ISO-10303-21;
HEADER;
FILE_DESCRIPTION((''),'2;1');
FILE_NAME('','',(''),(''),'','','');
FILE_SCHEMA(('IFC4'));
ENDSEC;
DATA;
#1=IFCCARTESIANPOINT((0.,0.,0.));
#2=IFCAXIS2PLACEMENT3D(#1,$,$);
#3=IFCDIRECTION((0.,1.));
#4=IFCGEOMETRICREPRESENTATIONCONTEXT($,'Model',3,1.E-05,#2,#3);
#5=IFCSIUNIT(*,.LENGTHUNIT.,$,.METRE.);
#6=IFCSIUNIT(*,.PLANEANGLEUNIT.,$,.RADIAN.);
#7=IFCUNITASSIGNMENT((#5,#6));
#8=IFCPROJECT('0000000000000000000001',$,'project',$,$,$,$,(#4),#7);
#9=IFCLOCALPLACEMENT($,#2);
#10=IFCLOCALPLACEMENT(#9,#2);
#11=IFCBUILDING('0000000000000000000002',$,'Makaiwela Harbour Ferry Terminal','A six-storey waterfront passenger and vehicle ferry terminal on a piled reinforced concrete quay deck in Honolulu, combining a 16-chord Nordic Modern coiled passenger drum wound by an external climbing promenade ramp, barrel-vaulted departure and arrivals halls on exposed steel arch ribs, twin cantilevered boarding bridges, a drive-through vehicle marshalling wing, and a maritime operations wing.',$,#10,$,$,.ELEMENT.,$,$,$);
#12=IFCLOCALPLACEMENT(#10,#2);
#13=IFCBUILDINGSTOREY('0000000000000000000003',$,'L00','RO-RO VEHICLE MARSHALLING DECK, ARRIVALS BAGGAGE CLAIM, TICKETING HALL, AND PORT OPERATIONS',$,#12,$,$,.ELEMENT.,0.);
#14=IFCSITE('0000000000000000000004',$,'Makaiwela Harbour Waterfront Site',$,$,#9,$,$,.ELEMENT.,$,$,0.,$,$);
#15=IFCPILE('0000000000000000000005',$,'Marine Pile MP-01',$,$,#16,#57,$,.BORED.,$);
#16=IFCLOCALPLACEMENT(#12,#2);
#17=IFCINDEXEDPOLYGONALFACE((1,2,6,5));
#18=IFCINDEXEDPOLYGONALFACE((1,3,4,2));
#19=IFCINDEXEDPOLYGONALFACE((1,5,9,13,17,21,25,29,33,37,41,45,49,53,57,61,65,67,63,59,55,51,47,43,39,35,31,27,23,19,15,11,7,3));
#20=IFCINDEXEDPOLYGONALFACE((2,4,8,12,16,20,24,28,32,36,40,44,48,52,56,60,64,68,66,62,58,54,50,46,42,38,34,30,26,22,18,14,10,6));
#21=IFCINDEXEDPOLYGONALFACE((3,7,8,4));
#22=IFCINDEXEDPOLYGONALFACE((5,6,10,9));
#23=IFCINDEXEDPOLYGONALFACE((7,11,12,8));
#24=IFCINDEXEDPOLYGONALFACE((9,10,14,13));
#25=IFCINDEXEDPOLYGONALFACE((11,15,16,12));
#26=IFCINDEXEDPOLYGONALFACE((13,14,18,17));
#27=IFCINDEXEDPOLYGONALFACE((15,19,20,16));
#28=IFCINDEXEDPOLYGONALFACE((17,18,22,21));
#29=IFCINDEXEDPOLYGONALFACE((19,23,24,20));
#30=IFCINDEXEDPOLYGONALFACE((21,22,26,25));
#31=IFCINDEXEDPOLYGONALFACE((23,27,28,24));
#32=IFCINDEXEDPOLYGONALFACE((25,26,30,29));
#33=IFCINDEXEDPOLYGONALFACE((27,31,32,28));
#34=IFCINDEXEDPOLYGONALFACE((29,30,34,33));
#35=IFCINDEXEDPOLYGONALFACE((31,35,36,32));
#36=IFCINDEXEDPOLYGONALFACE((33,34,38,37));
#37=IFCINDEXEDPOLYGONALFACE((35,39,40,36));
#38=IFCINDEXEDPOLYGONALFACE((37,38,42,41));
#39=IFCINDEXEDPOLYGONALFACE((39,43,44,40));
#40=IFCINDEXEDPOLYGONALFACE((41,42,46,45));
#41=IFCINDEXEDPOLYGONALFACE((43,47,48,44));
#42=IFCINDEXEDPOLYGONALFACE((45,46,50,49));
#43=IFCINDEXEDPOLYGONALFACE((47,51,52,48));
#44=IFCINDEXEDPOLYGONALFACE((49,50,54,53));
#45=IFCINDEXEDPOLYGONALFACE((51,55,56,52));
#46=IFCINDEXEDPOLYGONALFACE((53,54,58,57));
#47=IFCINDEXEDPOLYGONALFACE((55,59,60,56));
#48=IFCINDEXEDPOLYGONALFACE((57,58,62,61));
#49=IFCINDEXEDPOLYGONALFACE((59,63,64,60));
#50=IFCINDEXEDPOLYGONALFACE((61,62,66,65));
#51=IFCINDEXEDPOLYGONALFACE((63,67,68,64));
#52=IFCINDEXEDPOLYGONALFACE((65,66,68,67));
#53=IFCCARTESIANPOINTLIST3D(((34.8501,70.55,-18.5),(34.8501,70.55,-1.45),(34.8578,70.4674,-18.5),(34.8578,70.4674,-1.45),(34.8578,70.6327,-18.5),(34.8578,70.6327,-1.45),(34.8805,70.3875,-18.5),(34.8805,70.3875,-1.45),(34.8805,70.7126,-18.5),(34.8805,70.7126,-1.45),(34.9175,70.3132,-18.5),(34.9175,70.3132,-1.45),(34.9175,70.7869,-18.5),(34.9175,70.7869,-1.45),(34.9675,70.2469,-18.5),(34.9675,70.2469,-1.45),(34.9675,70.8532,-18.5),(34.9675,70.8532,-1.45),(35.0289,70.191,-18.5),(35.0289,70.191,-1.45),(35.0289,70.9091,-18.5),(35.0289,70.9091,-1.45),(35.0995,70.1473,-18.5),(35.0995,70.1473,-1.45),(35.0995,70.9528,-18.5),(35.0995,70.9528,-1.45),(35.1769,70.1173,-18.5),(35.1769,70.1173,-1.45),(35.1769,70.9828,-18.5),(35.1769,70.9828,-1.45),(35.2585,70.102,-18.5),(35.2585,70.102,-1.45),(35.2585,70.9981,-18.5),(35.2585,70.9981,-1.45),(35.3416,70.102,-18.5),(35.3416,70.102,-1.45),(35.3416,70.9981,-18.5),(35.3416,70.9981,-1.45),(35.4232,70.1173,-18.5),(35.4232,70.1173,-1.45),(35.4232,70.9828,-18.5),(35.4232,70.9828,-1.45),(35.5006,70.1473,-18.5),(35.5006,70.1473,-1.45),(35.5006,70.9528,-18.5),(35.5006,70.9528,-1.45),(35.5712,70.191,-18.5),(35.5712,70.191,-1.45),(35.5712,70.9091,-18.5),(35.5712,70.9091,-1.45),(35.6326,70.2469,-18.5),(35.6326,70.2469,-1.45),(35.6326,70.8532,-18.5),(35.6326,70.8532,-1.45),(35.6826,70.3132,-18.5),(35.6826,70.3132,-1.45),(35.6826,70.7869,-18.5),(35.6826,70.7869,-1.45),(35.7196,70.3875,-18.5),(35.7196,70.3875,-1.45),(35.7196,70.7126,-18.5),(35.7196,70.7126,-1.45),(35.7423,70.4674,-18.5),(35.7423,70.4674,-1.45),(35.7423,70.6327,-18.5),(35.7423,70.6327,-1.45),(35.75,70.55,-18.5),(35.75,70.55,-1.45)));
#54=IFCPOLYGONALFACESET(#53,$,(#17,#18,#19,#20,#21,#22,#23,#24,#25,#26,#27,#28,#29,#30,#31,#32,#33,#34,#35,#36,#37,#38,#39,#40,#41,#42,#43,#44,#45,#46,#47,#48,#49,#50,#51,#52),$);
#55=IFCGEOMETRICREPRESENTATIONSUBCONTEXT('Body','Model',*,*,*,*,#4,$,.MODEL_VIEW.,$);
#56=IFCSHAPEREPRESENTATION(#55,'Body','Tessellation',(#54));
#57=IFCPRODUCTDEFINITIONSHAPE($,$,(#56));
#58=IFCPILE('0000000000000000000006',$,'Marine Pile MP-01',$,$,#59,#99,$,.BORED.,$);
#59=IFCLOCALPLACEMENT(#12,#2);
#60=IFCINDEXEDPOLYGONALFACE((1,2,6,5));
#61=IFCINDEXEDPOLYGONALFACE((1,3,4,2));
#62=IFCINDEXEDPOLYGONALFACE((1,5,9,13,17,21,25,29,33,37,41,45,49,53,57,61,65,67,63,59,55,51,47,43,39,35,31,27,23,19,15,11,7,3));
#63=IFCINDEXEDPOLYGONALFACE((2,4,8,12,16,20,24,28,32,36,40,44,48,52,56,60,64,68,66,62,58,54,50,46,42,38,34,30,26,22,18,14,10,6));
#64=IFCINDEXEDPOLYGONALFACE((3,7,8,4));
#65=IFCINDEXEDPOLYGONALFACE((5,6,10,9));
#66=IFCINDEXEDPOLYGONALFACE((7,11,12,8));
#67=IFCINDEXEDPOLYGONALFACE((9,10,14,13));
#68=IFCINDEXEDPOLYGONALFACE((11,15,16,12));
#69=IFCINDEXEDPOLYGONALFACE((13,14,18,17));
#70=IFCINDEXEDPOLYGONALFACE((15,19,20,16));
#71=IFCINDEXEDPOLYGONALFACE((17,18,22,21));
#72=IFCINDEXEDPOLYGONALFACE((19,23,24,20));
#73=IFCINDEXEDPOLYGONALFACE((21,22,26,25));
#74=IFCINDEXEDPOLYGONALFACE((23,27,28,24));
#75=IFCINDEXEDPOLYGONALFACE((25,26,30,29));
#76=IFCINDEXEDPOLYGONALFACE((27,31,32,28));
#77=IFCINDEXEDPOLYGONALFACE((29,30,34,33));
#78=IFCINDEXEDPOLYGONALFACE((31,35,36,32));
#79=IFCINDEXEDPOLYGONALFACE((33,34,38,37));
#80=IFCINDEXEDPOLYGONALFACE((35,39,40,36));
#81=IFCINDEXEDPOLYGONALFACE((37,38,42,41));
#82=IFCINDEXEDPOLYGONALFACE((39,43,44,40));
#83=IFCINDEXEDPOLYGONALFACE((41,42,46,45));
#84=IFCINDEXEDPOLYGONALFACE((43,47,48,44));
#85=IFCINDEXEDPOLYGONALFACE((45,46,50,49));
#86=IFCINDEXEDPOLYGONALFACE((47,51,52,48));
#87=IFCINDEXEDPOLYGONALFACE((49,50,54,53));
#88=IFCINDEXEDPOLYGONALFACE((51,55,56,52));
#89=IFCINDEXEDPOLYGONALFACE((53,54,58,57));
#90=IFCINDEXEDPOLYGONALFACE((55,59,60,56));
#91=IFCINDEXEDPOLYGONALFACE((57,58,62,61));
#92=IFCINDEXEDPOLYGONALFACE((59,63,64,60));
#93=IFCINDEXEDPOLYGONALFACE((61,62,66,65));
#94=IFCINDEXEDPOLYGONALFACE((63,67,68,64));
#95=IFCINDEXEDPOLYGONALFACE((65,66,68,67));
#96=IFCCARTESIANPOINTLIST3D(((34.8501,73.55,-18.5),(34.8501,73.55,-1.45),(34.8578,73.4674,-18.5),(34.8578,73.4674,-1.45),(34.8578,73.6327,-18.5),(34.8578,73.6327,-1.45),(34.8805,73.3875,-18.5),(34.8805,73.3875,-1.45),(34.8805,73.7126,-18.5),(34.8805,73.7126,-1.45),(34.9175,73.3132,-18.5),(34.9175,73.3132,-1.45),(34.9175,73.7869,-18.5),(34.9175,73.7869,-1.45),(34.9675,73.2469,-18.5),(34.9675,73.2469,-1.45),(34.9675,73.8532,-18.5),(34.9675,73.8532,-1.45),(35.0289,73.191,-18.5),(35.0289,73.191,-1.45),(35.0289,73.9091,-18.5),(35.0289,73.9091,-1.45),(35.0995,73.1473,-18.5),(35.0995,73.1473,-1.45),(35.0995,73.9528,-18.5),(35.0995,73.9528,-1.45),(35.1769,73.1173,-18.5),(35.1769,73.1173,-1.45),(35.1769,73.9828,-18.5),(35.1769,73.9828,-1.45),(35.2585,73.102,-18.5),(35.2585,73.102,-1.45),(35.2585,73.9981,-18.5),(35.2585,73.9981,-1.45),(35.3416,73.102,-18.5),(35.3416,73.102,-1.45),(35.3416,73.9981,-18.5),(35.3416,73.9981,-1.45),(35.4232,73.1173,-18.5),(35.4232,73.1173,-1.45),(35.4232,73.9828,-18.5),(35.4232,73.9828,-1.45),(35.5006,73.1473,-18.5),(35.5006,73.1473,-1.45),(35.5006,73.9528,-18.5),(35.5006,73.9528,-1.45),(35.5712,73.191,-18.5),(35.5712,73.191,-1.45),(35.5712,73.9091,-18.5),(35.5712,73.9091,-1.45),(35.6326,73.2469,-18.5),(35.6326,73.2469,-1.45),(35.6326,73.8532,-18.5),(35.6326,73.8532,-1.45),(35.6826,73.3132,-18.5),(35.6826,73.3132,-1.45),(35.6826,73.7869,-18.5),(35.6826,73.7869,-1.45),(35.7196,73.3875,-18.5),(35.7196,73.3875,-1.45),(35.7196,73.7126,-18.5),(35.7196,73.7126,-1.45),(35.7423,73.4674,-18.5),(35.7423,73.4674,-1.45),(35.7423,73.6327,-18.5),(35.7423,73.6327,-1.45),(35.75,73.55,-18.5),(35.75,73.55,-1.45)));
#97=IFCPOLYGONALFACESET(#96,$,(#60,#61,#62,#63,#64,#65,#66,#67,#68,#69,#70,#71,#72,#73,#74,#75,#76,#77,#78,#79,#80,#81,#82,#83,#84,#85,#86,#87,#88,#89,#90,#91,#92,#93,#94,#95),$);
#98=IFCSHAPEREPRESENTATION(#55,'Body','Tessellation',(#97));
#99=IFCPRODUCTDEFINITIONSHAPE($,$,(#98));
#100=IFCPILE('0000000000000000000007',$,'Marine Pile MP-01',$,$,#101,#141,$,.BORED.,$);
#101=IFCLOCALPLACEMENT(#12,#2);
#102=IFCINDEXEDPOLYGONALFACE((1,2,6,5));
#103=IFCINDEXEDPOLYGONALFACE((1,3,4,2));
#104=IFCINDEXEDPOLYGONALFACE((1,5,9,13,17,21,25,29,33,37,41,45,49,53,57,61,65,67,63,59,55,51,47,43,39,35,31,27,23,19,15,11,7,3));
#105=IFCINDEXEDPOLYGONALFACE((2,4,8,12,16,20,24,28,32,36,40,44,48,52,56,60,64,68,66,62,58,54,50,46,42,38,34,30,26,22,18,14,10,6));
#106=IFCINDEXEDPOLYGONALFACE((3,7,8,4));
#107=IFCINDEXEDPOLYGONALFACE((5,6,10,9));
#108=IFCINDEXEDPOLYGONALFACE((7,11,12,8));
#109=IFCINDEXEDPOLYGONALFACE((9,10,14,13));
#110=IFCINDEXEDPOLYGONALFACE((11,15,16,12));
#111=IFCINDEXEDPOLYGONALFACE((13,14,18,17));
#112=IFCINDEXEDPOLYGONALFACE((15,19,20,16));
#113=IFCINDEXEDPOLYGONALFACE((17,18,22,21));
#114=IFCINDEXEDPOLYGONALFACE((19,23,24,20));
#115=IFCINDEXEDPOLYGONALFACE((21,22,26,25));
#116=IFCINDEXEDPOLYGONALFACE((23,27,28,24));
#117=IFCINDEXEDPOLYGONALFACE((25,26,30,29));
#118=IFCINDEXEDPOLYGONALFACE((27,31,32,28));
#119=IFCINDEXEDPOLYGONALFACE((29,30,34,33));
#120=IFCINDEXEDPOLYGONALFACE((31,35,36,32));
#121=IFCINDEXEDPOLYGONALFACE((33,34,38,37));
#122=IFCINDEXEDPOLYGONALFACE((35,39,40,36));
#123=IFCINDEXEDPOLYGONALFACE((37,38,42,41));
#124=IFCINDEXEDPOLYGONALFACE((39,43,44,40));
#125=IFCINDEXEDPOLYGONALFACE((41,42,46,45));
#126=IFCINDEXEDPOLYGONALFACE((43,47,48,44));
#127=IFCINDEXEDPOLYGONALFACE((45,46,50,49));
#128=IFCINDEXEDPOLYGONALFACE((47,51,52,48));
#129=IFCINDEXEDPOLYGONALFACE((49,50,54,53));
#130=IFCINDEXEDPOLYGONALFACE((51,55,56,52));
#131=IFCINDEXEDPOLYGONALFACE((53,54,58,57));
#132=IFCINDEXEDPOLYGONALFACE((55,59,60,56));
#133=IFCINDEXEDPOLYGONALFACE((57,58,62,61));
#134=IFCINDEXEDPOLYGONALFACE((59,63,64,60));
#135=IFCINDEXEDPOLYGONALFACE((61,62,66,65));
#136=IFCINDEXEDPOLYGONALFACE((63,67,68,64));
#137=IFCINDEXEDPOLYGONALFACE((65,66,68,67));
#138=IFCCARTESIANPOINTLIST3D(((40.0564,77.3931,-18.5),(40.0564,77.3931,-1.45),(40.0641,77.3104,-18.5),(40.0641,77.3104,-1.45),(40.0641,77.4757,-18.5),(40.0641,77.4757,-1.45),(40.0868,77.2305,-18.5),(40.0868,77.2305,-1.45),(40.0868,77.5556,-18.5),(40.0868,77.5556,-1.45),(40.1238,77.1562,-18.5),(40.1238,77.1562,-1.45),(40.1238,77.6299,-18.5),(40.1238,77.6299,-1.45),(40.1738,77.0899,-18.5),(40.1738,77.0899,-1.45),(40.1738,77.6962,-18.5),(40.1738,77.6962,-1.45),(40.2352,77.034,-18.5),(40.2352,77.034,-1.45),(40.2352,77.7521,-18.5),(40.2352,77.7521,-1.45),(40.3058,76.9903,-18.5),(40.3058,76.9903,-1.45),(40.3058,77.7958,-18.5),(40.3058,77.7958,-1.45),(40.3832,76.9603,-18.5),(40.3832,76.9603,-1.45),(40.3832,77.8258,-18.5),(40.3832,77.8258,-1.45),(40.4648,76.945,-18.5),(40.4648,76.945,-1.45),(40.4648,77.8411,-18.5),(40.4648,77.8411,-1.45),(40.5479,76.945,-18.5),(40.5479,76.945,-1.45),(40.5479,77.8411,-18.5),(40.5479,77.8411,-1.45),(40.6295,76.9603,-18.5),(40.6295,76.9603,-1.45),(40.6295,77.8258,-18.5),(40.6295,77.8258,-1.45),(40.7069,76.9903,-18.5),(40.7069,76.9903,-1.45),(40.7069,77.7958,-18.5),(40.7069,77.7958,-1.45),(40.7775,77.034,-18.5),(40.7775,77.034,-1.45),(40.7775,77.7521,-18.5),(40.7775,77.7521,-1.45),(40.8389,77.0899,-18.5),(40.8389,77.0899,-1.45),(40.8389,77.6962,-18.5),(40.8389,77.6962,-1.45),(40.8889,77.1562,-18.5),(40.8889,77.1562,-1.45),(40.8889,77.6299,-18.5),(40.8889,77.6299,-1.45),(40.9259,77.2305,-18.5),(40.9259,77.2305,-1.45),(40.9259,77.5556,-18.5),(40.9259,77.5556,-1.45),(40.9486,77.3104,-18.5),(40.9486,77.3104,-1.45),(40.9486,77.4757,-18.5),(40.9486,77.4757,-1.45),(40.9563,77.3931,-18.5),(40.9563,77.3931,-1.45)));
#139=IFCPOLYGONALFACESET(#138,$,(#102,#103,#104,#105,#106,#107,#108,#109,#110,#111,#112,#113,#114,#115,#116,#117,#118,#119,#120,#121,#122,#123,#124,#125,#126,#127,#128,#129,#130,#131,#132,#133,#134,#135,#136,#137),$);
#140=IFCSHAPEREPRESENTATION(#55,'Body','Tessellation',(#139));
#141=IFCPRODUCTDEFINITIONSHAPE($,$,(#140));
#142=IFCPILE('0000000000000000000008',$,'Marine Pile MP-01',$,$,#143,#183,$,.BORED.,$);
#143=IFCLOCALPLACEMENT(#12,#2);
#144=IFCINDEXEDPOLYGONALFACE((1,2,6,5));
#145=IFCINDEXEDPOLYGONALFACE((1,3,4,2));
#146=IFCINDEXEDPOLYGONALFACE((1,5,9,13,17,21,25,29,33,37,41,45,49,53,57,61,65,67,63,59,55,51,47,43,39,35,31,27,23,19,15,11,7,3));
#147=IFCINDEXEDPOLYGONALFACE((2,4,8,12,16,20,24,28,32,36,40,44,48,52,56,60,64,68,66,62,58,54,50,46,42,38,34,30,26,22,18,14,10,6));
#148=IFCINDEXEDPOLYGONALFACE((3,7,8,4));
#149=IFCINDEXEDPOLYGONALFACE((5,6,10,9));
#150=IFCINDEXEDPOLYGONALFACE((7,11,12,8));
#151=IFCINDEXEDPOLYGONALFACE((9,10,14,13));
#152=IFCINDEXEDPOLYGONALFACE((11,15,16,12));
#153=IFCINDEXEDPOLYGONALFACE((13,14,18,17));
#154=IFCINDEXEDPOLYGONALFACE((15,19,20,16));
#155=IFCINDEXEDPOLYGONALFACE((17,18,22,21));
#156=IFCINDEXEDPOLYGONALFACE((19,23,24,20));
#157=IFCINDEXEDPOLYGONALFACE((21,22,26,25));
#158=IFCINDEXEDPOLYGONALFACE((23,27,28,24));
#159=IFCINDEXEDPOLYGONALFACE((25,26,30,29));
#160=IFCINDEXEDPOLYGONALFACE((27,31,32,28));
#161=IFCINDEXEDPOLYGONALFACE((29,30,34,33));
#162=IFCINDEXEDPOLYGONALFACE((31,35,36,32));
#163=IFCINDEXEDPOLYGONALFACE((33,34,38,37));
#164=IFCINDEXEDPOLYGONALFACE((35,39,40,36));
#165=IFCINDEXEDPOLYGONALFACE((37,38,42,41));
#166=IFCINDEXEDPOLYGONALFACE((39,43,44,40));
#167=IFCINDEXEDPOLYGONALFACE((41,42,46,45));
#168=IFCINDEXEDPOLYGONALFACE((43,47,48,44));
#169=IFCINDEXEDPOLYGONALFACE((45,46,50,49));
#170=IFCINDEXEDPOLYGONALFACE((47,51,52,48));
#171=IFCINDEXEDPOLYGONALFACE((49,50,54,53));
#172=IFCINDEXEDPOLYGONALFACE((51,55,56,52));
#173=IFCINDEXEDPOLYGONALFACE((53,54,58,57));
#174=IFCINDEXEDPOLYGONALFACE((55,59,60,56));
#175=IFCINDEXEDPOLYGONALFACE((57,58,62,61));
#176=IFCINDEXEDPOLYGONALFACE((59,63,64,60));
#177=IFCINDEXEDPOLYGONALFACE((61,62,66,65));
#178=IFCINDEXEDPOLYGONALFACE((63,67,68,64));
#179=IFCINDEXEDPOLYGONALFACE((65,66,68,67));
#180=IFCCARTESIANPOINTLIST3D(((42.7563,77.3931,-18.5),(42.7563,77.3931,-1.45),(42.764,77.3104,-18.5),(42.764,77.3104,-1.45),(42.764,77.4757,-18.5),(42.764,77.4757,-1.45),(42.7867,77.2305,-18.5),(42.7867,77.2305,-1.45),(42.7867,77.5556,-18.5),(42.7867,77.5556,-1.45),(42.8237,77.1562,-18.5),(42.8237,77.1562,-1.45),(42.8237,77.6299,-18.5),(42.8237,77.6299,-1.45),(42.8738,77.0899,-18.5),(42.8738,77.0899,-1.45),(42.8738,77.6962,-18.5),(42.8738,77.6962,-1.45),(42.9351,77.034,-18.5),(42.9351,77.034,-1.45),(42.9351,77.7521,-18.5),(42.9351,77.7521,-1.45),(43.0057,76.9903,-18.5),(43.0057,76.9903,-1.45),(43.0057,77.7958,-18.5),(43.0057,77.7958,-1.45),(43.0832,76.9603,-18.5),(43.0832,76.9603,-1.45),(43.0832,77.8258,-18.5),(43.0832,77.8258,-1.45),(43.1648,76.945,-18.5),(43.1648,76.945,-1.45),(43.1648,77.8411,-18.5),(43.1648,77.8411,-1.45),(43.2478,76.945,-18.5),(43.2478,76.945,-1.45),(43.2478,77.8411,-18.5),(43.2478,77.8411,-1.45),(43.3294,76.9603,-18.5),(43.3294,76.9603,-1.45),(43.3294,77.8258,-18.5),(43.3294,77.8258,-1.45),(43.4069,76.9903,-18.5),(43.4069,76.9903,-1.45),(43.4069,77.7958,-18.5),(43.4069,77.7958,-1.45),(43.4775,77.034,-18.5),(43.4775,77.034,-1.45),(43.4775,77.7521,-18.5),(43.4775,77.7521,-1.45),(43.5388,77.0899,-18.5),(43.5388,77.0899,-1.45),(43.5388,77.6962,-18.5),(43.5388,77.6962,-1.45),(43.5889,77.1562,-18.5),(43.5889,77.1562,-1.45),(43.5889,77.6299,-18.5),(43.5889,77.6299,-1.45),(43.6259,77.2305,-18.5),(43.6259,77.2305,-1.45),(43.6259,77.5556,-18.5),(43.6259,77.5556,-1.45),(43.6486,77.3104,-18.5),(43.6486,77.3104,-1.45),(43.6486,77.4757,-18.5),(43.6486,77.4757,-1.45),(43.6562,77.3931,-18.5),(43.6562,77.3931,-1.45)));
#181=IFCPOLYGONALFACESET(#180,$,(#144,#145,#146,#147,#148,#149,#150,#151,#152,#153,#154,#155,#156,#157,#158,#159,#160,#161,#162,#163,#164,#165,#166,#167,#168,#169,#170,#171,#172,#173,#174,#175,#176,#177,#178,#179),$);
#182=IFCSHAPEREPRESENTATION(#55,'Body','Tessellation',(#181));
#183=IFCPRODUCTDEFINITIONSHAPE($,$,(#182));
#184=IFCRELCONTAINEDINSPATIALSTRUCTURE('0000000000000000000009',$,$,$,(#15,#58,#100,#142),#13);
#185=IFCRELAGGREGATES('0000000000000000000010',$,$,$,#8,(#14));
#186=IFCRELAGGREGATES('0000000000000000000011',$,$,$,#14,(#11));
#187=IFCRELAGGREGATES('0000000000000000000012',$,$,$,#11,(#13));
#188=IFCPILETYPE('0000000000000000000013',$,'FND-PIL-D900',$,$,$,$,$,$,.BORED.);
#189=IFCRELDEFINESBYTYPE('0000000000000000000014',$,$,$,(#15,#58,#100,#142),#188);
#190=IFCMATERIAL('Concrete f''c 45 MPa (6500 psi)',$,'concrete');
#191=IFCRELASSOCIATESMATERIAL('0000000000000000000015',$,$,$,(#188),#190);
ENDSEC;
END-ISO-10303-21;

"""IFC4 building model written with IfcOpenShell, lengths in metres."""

from ifc_helpers import new_model, si_unit, direction, frame, origin, origin_2d, place, context, subcontext, project, spatial, circle, extrude, material, material_profile, profile_set, type_object, element, save


model = new_model("IFC4")

# Units and contexts
model_context = context("Model", 3, precision=1e-05, world=origin(), true_north=direction((0.0, 1.0)))
body_context = subcontext(model_context, "Body", "Model", "MODEL_VIEW")
ifc_project = project(units=[si_unit("LENGTHUNIT", "METRE"), si_unit("PLANEANGLEUNIT", "RADIAN")], contexts=[model_context])

# Site, building, storey
site_placement = place(None, origin())
site = spatial("IfcSite", under=ifc_project, at=site_placement, Name="Makaiwela Harbour Waterfront Site", CompositionType="ELEMENT", RefElevation=0.0)
building_placement = place(site_placement, origin())
building = spatial("IfcBuilding", under=site, at=building_placement, Name="Makaiwela Harbour Ferry Terminal", Description="A six-storey waterfront passenger and vehicle ferry terminal on a piled reinforced concrete quay deck in Honolulu, combining a 16-chord Nordic Modern coiled passenger drum wound by an external climbing promenade ramp, barrel-vaulted departure and arrivals halls on exposed steel arch ribs, twin cantilevered boarding bridges, a drive-through vehicle marshalling wing, and a maritime operations wing.", CompositionType="ELEMENT")
storey_placement = place(building_placement, origin())
storey = spatial("IfcBuildingStorey", under=building, at=storey_placement, Name="L00", Description="RO-RO VEHICLE MARSHALLING DECK, ARRIVALS BAGGAGE CLAIM, TICKETING HALL, AND PORT OPERATIONS", CompositionType="ELEMENT", Elevation=0.0)

# Shared definitions
ifc_material_1 = material(Name="Concrete f'c 45 MPa (6500 psi)", Category="concrete")

# Piles
ifc_material_profile_1 = material_profile(ifc_material_1, circle(Radius=0.45, at=origin_2d()), Name="PILE-D900")
ifc_profile_set_1 = profile_set([ifc_material_profile_1], Name="Concrete f'c 45 MPa (6500 psi)")
pile_type_1 = type_object("IfcPileType", Name="FND-PIL-D900", PredefinedType="BORED", material=ifc_profile_set_1)
for number, where, z_axis, x_axis, name in (
    (1, (35.3, 70.55, -1.45), (0.0, 0.0, -1.0), (1.0, 0.0, 0.0), "Marine Pile MP-01"),
    (2, (35.3, 73.55, -1.45), (0.0, 0.0, -1.0), (1.0, 0.0, 0.0), "Marine Pile MP-01"),
    (3, (40.5063, 77.3931, -1.45), (0.0, 0.0, -1.0), (1.0, 0.0, 0.0), "Marine Pile MP-01"),
    (4, (43.2063, 77.3931, -1.45), (0.0, 0.0, -1.0), (1.0, 0.0, 0.0), "Marine Pile MP-01"),
):
    element("IfcPile", number, at=place(storey_placement, frame(where, z_axis=z_axis, x_axis=x_axis)), inside=storey, type_object=pile_type_1, Name=name, PredefinedType="BORED", context=body_context, shape_type="SweptSolid", body=[
        extrude(circle(Radius=0.45, at=origin_2d()), origin(), (0.0, 0.0, 1.0), 17.05),
    ])

save(model, "model.ifc")
